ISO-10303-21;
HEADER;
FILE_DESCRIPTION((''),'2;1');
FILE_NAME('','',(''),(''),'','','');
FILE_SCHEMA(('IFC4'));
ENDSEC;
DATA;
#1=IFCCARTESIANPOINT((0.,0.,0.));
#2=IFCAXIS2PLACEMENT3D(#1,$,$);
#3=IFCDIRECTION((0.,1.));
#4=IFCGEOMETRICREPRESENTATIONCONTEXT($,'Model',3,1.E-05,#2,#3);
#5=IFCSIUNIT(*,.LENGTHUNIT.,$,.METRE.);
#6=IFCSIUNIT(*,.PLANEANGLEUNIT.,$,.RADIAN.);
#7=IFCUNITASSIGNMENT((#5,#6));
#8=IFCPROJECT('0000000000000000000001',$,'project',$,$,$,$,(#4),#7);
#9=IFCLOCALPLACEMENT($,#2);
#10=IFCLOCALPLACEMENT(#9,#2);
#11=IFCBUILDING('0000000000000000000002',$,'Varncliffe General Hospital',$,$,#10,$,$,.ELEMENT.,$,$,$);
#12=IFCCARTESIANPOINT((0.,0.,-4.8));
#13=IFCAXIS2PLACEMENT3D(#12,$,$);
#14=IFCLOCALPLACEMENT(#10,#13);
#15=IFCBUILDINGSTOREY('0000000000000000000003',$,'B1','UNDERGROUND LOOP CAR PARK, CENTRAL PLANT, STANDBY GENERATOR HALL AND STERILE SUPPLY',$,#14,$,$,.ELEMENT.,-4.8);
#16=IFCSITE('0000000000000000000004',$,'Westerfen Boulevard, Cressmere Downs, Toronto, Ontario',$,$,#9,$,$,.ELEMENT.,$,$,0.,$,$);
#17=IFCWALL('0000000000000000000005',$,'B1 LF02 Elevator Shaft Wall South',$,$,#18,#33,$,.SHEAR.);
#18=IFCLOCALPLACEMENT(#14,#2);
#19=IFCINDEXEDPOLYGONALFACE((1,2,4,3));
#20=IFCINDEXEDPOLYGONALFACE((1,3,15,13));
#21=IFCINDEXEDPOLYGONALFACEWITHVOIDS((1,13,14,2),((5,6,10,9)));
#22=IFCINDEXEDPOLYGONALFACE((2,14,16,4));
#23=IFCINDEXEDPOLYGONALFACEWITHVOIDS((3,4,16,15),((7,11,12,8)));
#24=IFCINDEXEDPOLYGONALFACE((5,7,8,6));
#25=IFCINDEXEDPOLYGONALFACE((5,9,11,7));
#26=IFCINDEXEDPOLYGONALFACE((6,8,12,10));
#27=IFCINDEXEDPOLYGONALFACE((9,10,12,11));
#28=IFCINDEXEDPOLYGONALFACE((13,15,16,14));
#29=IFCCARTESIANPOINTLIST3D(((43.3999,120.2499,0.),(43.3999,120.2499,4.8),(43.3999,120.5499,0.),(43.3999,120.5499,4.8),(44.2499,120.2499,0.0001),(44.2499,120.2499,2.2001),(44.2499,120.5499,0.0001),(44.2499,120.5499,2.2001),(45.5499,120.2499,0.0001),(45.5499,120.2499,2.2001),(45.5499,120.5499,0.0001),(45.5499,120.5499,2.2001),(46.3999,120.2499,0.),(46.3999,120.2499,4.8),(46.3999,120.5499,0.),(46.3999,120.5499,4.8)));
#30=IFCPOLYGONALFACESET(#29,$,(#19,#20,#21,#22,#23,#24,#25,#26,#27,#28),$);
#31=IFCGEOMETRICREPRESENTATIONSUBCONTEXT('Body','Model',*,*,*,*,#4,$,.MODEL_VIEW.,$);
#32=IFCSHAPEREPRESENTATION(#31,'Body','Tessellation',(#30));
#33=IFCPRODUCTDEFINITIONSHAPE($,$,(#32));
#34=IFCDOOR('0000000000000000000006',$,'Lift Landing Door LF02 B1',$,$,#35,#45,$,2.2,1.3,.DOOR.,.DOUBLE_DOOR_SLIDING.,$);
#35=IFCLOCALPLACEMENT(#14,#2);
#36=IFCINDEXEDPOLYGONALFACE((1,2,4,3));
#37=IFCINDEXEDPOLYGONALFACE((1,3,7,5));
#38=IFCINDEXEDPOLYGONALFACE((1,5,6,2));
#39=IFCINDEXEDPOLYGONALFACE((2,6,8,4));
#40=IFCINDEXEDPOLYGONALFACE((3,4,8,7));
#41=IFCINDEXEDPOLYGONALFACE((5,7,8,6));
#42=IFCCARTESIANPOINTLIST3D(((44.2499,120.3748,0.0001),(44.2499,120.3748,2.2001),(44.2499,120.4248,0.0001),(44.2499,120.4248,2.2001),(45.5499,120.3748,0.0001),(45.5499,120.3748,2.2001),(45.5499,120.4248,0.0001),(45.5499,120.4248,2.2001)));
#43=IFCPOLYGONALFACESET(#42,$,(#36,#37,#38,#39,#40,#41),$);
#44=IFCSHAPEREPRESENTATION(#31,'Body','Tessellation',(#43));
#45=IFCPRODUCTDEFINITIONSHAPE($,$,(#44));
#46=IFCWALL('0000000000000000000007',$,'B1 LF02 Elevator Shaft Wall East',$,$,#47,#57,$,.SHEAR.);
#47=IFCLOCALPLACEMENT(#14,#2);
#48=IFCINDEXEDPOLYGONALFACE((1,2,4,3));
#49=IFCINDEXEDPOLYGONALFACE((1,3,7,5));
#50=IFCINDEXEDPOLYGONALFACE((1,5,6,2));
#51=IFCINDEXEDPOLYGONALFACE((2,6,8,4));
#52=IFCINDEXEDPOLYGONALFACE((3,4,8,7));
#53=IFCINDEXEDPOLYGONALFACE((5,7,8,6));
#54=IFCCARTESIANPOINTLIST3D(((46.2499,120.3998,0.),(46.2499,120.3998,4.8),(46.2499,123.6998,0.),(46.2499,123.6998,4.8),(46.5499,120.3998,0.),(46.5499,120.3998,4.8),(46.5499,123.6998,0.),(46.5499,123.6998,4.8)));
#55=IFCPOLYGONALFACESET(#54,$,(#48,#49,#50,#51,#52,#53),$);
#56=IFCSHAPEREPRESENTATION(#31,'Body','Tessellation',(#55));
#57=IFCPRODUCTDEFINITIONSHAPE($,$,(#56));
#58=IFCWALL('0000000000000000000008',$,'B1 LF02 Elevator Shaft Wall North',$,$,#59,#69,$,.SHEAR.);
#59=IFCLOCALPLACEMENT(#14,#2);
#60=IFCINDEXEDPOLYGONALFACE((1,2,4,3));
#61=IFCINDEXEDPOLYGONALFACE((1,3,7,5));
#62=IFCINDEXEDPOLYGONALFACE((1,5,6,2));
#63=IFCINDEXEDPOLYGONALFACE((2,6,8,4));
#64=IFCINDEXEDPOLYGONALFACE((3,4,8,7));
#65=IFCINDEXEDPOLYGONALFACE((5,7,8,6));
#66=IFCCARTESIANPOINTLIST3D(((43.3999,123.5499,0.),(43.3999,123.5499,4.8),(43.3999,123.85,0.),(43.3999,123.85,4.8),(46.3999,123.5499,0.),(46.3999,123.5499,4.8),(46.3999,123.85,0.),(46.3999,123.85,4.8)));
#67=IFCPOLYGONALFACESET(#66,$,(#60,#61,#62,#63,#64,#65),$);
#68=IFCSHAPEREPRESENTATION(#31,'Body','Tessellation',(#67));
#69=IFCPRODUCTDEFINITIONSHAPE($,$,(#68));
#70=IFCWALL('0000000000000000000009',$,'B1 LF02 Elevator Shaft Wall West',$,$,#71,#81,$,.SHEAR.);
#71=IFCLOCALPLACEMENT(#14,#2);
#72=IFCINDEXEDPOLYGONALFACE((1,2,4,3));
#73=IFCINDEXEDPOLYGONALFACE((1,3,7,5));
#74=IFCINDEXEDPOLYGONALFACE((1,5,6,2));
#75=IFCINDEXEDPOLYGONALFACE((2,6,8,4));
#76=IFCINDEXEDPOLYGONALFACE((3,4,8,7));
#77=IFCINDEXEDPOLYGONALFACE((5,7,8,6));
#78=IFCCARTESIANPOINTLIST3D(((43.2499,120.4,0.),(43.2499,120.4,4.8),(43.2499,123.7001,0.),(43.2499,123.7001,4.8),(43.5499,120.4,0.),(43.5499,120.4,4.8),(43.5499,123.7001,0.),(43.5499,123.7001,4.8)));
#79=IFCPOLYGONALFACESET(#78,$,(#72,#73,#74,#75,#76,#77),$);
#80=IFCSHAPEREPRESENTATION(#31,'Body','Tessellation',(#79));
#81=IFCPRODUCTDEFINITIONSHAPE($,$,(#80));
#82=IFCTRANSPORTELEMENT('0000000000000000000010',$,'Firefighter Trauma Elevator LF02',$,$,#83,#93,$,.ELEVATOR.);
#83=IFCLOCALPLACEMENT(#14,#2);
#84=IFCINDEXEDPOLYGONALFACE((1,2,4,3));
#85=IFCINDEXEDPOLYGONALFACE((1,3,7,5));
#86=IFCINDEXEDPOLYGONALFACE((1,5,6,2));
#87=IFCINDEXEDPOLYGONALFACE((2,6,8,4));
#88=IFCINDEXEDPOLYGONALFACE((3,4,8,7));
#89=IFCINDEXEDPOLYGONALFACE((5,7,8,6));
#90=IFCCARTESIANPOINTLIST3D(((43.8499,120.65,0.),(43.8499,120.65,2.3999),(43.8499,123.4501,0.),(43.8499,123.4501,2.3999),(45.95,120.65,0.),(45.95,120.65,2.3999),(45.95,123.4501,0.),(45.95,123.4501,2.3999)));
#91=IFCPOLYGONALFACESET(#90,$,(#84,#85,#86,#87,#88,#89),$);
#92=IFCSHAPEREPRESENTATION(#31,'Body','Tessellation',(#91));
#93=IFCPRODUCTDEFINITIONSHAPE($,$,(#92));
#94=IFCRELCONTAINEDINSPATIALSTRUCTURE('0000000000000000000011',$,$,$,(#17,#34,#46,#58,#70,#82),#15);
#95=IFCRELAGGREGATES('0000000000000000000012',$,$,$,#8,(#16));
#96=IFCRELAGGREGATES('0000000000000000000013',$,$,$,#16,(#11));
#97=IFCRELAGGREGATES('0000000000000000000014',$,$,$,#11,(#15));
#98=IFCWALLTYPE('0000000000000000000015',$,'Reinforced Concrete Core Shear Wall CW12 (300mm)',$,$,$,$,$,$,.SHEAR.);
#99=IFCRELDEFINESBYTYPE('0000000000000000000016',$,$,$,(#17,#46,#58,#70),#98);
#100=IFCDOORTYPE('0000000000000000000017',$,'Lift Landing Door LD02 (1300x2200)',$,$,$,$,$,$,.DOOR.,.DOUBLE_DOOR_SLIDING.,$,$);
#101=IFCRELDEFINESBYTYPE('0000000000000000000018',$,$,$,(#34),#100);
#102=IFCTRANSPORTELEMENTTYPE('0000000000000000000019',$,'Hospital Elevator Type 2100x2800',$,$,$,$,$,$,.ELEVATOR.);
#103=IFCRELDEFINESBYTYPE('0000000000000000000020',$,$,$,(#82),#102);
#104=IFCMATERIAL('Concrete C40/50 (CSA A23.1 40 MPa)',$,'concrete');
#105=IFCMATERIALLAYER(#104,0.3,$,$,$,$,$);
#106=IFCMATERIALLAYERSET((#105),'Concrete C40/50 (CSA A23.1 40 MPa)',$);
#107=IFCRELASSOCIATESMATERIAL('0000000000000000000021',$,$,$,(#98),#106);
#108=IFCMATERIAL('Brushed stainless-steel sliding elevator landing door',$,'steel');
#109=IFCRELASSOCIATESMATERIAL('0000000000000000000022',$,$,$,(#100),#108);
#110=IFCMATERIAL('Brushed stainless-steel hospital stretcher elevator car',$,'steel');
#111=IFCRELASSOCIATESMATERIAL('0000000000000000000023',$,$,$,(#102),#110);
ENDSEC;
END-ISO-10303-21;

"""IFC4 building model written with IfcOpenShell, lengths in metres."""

from ifc_helpers import new_model, si_unit, direction, frame, frame_2d, origin, origin_2d, place, context, subcontext, project, spatial, rectangle, extrude, material, layer, layer_set, type_object, element, fill, save


model = new_model("IFC4")

# Units and contexts
model_context = context("Model", 3, precision=1e-05, world=origin(), true_north=direction((0.0, 1.0)))
body_context = subcontext(model_context, "Body", "Model", "MODEL_VIEW")
ifc_project = project(units=[si_unit("LENGTHUNIT", "METRE"), si_unit("PLANEANGLEUNIT", "RADIAN")], contexts=[model_context])

# Site, building, storey
site_placement = place(None, origin())
site = spatial("IfcSite", under=ifc_project, at=site_placement, Name="Westerfen Boulevard, Cressmere Downs, Toronto, Ontario", CompositionType="ELEMENT", RefElevation=0.0)
building_placement = place(site_placement, origin())
building = spatial("IfcBuilding", under=site, at=building_placement, Name="Varncliffe General Hospital", CompositionType="ELEMENT")
storey_placement = place(building_placement, frame((0.0, 0.0, -4.8)))
storey = spatial("IfcBuildingStorey", under=building, at=storey_placement, Name="B1", Description="UNDERGROUND LOOP CAR PARK, CENTRAL PLANT, STANDBY GENERATOR HALL AND STERILE SUPPLY", CompositionType="ELEMENT", Elevation=-4.8)

# Shared definitions
ifc_material_1 = material(Name="Concrete C40/50 (CSA A23.1 40 MPa)", Category="concrete")

# Wall, opening, door
ifc_layer_1 = layer(ifc_material_1, 0.3)
ifc_layer_set_1 = layer_set([ifc_layer_1], Name="Concrete C40/50 (CSA A23.1 40 MPa)")
wall_type_1 = type_object("IfcWallType", Name="Reinforced Concrete Core Shear Wall CW12 (300mm)", PredefinedType="SHEAR", material=ifc_layer_set_1)
wall_1_placement = place(storey_placement, frame((43.3999, 120.3999, 0.0), z_axis=(0.0, 0.0, 1.0), x_axis=(1.0, 0.0, 0.0)))
wall_1 = element("IfcWall", 1, at=wall_1_placement, inside=storey, type_object=wall_type_1, Name="B1 LF02 Elevator Shaft Wall South", PredefinedType="SHEAR", context=body_context, shape_type="SweptSolid", body=[
    extrude(rectangle(XDim=3.0, YDim=0.3, at=frame_2d((1.5, 0.0))), origin(), (0.0, 0.0, 1.0), 4.8),
])
opening_1_placement = place(wall_1_placement, frame((0.8501, 0.0, 0.0)))
opening_1 = element("IfcOpeningElement", 2, at=opening_1_placement, cuts=wall_1, PredefinedType="OPENING", context=body_context, shape_type="SweptSolid", body=[
    extrude(rectangle(XDim=1.3, YDim=2.2, at=frame_2d((0.6499, 1.1001))), frame((0.0, 0.1602, 0.0), z_axis=(0.0, -1.0, 0.0), x_axis=(1.0, 0.0, 0.0)), (0.0, 0.0, 1.0), 0.3201),
])
ifc_material_2 = material(Name="Brushed stainless-steel sliding elevator landing door", Category="steel")
door_type_1 = type_object("IfcDoorType", Name="Lift Landing Door LD02 (1300x2200)", OperationType="DOUBLE_DOOR_SLIDING", PredefinedType="DOOR", material=ifc_material_2)
door_1_placement = place(opening_1_placement, origin())
door_1 = element("IfcDoor", 3, at=door_1_placement, inside=storey, type_object=door_type_1, Name="Lift Landing Door LF02 B1", OperationType="DOUBLE_DOOR_SLIDING", OverallHeight=2.2, OverallWidth=1.3, PredefinedType="DOOR", context=body_context, shape_type="SweptSolid", body=[
    extrude(rectangle(XDim=1.3, YDim=2.2, at=frame_2d((0.6499, 1.1001))), frame((0.0, 0.0249, 0.0), z_axis=(0.0, -1.0, 0.0), x_axis=(1.0, 0.0, 0.0)), (0.0, 0.0, 1.0), 0.05),
])
fill(opening_1, door_1)

# Walls
wall_2_placement = place(storey_placement, frame((46.3999, 120.3999, 0.0), z_axis=(0.0, 0.0, 1.0), x_axis=(0.0, 1.0, 0.0)))
element("IfcWall", 4, at=wall_2_placement, inside=storey, type_object=wall_type_1, Name="B1 LF02 Elevator Shaft Wall East", PredefinedType="SHEAR", context=body_context, shape_type="SweptSolid", body=[
    extrude(rectangle(XDim=3.3, YDim=0.3, at=frame_2d((1.6499, 0.0))), origin(), (0.0, 0.0, 1.0), 4.8),
])
wall_3_placement = place(storey_placement, frame((46.3999, 123.7, 0.0), z_axis=(0.0, 0.0, 1.0), x_axis=(-1.0, 0.0, 0.0)))
element("IfcWall", 5, at=wall_3_placement, inside=storey, type_object=wall_type_1, Name="B1 LF02 Elevator Shaft Wall North", PredefinedType="SHEAR", context=body_context, shape_type="SweptSolid", body=[
    extrude(rectangle(XDim=3.0, YDim=0.3, at=frame_2d((1.5, 0.0))), origin(), (0.0, 0.0, 1.0), 4.8),
])
wall_4_placement = place(storey_placement, frame((43.3999, 123.7, 0.0), z_axis=(0.0, 0.0, 1.0), x_axis=(0.0, -1.0, 0.0)))
element("IfcWall", 6, at=wall_4_placement, inside=storey, type_object=wall_type_1, Name="B1 LF02 Elevator Shaft Wall West", PredefinedType="SHEAR", context=body_context, shape_type="SweptSolid", body=[
    extrude(rectangle(XDim=3.3, YDim=0.3, at=frame_2d((1.6499, 0.0))), origin(), (0.0, 0.0, 1.0), 4.8),
])

# Transport element
ifc_material_3 = material(Name="Brushed stainless-steel hospital stretcher elevator car", Category="steel")
transport_element_type = type_object("IfcTransportElementType", Name="Hospital Elevator Type 2100x2800", PredefinedType="ELEVATOR", material=ifc_material_3)
transport_element_placement = place(storey_placement, frame((44.8999, 122.05, 0.0), z_axis=(0.0, 0.0, 1.0), x_axis=(1.0, 0.0, 0.0)))
element("IfcTransportElement", 7, at=transport_element_placement, inside=storey, type_object=transport_element_type, Name="Firefighter Trauma Elevator LF02", PredefinedType="ELEVATOR", context=body_context, shape_type="SweptSolid", body=[
    extrude(rectangle(XDim=2.1001, YDim=2.8, at=origin_2d()), origin(), (0.0, 0.0, 1.0), 2.3999),
])

save(model, "model.ifc")
